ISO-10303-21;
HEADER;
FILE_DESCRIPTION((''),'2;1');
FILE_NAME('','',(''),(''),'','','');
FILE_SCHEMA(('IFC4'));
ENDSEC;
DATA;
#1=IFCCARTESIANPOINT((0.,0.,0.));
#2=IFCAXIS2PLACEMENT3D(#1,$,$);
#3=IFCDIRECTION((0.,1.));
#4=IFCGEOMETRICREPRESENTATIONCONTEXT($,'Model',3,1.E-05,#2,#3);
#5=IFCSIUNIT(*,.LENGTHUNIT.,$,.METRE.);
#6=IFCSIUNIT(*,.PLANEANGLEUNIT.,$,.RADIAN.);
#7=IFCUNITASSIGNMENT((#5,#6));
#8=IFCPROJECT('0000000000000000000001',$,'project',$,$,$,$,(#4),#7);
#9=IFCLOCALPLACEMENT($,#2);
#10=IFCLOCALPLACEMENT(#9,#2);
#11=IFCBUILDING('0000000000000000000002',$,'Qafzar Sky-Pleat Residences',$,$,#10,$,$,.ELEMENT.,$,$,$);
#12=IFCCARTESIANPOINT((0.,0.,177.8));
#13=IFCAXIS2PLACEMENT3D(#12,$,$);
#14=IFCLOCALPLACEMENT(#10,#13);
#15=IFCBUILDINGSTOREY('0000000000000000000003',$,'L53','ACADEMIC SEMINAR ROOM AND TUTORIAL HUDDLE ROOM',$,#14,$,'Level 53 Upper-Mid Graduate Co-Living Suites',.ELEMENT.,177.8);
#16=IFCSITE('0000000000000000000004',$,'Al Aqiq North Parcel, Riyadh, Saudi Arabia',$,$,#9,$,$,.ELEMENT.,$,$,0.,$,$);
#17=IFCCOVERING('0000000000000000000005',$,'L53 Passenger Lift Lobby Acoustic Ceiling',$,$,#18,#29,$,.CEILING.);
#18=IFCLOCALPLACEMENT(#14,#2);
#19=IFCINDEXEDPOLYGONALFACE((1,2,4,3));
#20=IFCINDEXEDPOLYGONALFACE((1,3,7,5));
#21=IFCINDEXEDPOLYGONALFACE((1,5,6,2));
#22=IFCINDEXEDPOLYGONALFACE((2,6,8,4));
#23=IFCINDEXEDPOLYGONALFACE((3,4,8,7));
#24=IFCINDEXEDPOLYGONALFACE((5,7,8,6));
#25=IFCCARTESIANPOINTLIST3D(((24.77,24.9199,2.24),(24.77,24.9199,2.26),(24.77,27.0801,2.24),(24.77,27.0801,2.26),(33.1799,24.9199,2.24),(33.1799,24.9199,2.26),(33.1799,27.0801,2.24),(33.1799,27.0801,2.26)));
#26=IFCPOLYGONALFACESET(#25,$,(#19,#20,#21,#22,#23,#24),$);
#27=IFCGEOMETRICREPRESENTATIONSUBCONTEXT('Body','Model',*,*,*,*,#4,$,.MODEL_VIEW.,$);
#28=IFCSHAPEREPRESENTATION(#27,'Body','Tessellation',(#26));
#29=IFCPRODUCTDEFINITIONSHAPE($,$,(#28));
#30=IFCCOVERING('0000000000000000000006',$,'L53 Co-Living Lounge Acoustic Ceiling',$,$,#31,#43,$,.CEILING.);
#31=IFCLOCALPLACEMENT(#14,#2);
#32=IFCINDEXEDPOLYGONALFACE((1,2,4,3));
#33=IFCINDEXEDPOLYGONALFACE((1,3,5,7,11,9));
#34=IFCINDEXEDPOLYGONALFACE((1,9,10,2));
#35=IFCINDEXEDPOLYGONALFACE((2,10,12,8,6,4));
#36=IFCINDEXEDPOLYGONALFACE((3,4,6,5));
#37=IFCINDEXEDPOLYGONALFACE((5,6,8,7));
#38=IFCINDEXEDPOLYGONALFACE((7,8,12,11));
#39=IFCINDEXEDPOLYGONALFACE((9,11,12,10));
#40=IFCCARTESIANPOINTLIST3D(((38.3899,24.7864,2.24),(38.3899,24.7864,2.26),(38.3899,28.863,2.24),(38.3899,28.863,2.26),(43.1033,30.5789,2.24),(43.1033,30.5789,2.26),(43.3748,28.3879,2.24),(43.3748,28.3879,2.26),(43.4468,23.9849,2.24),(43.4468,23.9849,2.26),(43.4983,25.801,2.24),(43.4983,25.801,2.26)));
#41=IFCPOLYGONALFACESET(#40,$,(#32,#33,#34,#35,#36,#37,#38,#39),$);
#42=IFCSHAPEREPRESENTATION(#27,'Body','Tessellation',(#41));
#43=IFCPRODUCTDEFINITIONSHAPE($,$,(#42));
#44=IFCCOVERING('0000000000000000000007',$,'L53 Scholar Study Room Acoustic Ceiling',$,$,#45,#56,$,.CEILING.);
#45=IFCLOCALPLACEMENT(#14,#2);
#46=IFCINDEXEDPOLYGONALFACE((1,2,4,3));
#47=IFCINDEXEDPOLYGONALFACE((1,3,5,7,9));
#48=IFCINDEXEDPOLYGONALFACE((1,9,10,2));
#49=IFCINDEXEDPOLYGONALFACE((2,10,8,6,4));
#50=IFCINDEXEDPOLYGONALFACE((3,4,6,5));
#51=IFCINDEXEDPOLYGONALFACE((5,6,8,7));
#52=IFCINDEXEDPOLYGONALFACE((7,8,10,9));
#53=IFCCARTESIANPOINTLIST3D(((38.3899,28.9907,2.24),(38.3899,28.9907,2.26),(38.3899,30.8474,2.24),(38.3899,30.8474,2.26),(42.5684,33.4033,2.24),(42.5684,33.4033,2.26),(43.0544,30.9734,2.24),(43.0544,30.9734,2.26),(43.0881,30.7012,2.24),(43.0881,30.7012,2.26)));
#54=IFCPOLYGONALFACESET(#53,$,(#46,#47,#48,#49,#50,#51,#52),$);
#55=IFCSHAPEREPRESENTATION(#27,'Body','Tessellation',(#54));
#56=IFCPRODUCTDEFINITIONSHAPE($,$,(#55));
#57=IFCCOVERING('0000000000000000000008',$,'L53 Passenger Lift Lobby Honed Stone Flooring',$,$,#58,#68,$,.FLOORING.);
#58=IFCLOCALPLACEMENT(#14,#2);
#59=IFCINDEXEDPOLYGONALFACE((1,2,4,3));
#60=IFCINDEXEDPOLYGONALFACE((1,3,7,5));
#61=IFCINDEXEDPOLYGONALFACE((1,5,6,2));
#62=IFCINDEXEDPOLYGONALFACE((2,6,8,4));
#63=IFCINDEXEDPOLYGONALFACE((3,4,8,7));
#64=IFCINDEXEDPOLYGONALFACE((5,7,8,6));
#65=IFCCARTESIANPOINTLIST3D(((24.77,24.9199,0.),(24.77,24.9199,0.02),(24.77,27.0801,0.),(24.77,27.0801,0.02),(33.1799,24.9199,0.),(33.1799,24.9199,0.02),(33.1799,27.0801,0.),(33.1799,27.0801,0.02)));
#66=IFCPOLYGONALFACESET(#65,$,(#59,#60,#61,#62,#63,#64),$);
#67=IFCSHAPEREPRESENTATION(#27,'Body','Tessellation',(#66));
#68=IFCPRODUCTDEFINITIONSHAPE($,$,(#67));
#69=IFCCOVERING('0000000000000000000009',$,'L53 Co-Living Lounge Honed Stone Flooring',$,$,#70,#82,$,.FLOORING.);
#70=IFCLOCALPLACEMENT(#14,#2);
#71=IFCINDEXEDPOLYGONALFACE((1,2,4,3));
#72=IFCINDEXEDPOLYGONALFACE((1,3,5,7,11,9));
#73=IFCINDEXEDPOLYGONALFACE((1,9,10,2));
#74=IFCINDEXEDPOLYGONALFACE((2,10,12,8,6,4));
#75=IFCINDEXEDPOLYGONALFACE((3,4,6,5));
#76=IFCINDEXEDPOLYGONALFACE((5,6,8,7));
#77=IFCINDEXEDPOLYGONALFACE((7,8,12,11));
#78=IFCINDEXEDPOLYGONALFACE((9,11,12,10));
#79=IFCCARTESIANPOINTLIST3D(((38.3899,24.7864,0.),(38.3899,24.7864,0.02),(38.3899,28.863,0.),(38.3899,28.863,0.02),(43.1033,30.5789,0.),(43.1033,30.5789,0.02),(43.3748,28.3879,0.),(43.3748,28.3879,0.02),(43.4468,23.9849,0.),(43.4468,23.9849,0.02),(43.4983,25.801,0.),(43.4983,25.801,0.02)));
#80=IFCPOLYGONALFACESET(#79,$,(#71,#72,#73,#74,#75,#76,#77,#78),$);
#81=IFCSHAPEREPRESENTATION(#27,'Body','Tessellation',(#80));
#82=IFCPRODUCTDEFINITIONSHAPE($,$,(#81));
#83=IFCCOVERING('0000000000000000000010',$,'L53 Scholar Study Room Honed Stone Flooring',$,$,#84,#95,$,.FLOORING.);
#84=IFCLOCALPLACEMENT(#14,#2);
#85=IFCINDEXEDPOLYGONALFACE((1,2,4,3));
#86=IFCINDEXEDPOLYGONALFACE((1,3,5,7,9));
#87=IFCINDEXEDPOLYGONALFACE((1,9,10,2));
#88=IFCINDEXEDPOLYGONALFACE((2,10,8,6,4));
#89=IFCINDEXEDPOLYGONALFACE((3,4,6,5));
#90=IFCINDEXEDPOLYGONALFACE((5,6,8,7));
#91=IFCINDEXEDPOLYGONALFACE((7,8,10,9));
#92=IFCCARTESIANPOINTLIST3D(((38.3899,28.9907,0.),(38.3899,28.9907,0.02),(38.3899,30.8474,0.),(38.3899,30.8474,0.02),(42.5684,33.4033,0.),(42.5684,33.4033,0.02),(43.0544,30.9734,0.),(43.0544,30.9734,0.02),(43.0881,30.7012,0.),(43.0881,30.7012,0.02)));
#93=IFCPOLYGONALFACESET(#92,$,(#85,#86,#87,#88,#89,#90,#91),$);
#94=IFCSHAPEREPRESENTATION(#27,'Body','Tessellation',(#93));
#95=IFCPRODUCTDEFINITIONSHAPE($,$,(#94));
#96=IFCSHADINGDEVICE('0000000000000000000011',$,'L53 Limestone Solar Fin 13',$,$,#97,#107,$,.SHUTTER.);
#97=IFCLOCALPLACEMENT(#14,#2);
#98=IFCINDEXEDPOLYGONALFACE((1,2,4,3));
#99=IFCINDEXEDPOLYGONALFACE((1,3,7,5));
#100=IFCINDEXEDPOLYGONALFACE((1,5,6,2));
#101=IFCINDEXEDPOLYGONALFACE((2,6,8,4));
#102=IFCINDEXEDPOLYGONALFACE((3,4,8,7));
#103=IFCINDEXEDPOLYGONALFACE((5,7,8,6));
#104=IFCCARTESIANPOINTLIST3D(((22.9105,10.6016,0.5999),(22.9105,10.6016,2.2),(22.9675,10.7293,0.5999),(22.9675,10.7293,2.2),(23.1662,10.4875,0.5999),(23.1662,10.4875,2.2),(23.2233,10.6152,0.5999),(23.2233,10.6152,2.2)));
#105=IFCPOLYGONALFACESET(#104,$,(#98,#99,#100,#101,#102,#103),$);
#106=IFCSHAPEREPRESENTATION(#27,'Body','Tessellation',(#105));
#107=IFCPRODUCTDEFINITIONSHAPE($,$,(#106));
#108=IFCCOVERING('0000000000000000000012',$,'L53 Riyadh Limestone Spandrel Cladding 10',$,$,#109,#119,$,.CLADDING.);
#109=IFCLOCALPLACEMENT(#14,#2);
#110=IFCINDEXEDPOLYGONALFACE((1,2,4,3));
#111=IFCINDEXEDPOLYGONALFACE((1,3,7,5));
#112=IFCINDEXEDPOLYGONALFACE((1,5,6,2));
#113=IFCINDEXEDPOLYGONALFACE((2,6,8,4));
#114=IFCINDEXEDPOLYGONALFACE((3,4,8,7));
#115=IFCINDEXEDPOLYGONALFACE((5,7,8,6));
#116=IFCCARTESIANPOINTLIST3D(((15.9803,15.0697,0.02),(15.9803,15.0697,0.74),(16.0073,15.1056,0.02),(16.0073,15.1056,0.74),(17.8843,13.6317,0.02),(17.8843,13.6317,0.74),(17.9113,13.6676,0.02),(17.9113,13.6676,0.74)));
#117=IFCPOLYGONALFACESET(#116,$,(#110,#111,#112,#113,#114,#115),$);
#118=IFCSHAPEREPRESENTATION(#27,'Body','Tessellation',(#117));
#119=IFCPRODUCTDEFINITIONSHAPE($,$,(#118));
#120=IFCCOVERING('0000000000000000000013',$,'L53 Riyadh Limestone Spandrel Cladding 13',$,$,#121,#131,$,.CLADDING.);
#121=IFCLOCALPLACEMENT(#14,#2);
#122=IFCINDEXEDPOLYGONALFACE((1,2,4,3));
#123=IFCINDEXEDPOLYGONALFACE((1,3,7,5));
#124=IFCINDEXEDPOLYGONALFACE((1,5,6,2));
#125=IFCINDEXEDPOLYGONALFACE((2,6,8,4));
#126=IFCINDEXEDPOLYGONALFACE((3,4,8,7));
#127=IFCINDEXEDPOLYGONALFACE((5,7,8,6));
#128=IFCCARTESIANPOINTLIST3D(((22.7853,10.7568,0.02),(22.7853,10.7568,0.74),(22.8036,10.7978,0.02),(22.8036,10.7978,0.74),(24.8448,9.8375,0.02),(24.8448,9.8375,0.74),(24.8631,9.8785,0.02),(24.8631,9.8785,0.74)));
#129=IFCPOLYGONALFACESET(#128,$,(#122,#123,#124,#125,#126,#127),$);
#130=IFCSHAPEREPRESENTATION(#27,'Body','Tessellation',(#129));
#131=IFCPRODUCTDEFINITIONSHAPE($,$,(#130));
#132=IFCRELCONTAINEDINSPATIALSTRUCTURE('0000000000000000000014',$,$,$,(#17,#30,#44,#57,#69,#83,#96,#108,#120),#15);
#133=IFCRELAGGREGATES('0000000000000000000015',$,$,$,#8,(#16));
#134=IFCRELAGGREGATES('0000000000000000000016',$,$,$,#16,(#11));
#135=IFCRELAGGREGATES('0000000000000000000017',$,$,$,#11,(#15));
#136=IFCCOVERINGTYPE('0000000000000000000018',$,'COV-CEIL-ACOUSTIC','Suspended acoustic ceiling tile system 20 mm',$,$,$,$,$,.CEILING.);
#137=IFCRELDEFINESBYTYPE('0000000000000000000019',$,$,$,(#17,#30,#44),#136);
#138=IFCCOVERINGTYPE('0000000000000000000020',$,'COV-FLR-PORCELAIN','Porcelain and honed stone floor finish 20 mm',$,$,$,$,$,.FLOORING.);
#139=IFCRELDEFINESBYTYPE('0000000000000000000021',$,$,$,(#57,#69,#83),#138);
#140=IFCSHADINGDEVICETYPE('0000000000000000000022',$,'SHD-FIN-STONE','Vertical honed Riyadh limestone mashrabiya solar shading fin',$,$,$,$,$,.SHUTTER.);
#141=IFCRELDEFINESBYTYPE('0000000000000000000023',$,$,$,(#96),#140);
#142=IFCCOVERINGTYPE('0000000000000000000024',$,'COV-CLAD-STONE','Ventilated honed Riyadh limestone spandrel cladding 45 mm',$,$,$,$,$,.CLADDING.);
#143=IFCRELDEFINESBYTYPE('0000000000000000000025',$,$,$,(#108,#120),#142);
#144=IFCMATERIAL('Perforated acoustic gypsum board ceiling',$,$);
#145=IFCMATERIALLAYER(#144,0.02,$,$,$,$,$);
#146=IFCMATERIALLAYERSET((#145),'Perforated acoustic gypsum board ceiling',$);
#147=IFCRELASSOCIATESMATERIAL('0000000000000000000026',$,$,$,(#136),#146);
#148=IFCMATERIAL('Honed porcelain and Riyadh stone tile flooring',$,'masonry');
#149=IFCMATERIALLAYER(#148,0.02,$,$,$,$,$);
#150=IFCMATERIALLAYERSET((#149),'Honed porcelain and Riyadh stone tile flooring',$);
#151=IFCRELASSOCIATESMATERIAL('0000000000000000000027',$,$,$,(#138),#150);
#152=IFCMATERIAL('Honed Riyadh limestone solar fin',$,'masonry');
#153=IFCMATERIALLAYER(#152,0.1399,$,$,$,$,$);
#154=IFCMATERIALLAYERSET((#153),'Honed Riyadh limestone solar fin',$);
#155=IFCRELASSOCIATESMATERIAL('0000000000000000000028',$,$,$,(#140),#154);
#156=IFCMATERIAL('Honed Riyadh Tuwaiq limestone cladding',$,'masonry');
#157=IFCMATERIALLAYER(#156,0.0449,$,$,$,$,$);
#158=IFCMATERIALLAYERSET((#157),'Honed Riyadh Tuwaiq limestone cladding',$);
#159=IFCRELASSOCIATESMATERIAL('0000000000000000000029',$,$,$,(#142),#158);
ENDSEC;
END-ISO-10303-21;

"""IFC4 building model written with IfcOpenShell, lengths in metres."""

from ifc_helpers import new_model, si_unit, direction, frame, origin, origin_2d, place, context, subcontext, project, spatial, polyline, rectangle, outline, extrude, source, transform, mapped, material, layer, layer_set, type_object, element, save


model = new_model("IFC4")

# Units and contexts
model_context = context("Model", 3, precision=1e-05, world=origin(), true_north=direction((0.0, 1.0)))
body_context = subcontext(model_context, "Body", "Model", "MODEL_VIEW")
ifc_project = project(units=[si_unit("LENGTHUNIT", "METRE"), si_unit("PLANEANGLEUNIT", "RADIAN")], contexts=[model_context])

# Site, building, storey
site_placement = place(None, origin())
site = spatial("IfcSite", under=ifc_project, at=site_placement, Name="Al Aqiq North Parcel, Riyadh, Saudi Arabia", CompositionType="ELEMENT", RefElevation=0.0)
building_placement = place(site_placement, origin())
building = spatial("IfcBuilding", under=site, at=building_placement, Name="Qafzar Sky-Pleat Residences", CompositionType="ELEMENT")
storey_placement = place(building_placement, frame((0.0, 0.0, 177.8)))
storey = spatial("IfcBuildingStorey", under=building, at=storey_placement, Name="L53", Description="ACADEMIC SEMINAR ROOM AND TUTORIAL HUDDLE ROOM", LongName="Level 53 Upper-Mid Graduate Co-Living Suites", CompositionType="ELEMENT", Elevation=177.8)

# Coverings
ifc_material_1 = material(Name="Perforated acoustic gypsum board ceiling")
ifc_layer_1 = layer(ifc_material_1, 0.02)
ifc_layer_set_1 = layer_set([ifc_layer_1], Name="Perforated acoustic gypsum board ceiling")
covering_type_1 = type_object("IfcCoveringType", Name="COV-CEIL-ACOUSTIC", Description="Suspended acoustic ceiling tile system 20 mm", PredefinedType="CEILING", material=ifc_layer_set_1)
covering_1_placement = place(storey_placement, frame((0.0, 0.0, 2.24)))
element("IfcCovering", 1, at=covering_1_placement, inside=storey, type_object=covering_type_1, Name="L53 Passenger Lift Lobby Acoustic Ceiling", PredefinedType="CEILING", context=body_context, shape_type="SweptSolid", body=[
    extrude(outline(polyline([(33.1799, 24.9199), (24.77, 24.9199), (24.77, 27.0801), (33.1799, 27.0801), (33.1799, 24.9199)])), origin(), (0.0, 0.0, 1.0), 0.02),
])
covering_2_placement = place(storey_placement, frame((0.0, 0.0, 2.24)))
element("IfcCovering", 2, at=covering_2_placement, inside=storey, type_object=covering_type_1, Name="L53 Co-Living Lounge Acoustic Ceiling", PredefinedType="CEILING", context=body_context, shape_type="SweptSolid", body=[
    extrude(outline(polyline([(43.3748, 28.3879), (43.4983, 25.801), (43.4468, 23.9849), (38.3899, 24.7864), (38.3899, 28.863), (43.1033, 30.5789), (43.3748, 28.3879)])), origin(), (0.0, 0.0, 1.0), 0.02),
])
covering_3_placement = place(storey_placement, frame((0.0, 0.0, 2.24)))
element("IfcCovering", 3, at=covering_3_placement, inside=storey, type_object=covering_type_1, Name="L53 Scholar Study Room Acoustic Ceiling", PredefinedType="CEILING", context=body_context, shape_type="SweptSolid", body=[
    extrude(outline(polyline([(43.0544, 30.9734), (43.0881, 30.7012), (38.3899, 28.9907), (38.3899, 30.8474), (42.5684, 33.4033), (43.0544, 30.9734)])), origin(), (0.0, 0.0, 1.0), 0.02),
])
ifc_material_2 = material(Name="Honed porcelain and Riyadh stone tile flooring", Category="masonry")
ifc_layer_2 = layer(ifc_material_2, 0.02)
ifc_layer_set_2 = layer_set([ifc_layer_2], Name="Honed porcelain and Riyadh stone tile flooring")
covering_type_2 = type_object("IfcCoveringType", Name="COV-FLR-PORCELAIN", Description="Porcelain and honed stone floor finish 20 mm", PredefinedType="FLOORING", material=ifc_layer_set_2)
covering_4_placement = place(storey_placement, origin())
element("IfcCovering", 4, at=covering_4_placement, inside=storey, type_object=covering_type_2, Name="L53 Passenger Lift Lobby Honed Stone Flooring", PredefinedType="FLOORING", context=body_context, shape_type="SweptSolid", body=[
    extrude(outline(polyline([(33.1799, 24.9199), (24.77, 24.9199), (24.77, 27.0801), (33.1799, 27.0801), (33.1799, 24.9199)])), origin(), (0.0, 0.0, 1.0), 0.02),
])
covering_5_placement = place(storey_placement, origin())
element("IfcCovering", 5, at=covering_5_placement, inside=storey, type_object=covering_type_2, Name="L53 Co-Living Lounge Honed Stone Flooring", PredefinedType="FLOORING", context=body_context, shape_type="SweptSolid", body=[
    extrude(outline(polyline([(43.3748, 28.3879), (43.4983, 25.801), (43.4468, 23.9849), (38.3899, 24.7864), (38.3899, 28.863), (43.1033, 30.5789), (43.3748, 28.3879)])), origin(), (0.0, 0.0, 1.0), 0.02),
])
covering_6_placement = place(storey_placement, origin())
element("IfcCovering", 6, at=covering_6_placement, inside=storey, type_object=covering_type_2, Name="L53 Scholar Study Room Honed Stone Flooring", PredefinedType="FLOORING", context=body_context, shape_type="SweptSolid", body=[
    extrude(outline(polyline([(43.0544, 30.9734), (43.0881, 30.7012), (38.3899, 28.9907), (38.3899, 30.8474), (42.5684, 33.4033), (43.0544, 30.9734)])), origin(), (0.0, 0.0, 1.0), 0.02),
])

# Shading device
ifc_material_3 = material(Name="Honed Riyadh limestone solar fin", Category="masonry")
ifc_layer_3 = layer(ifc_material_3, 0.1399)
ifc_layer_set_3 = layer_set([ifc_layer_3], Name="Honed Riyadh limestone solar fin")
shading_device_type = type_object("IfcShadingDeviceType", Name="SHD-FIN-STONE", Description="Vertical honed Riyadh limestone mashrabiya solar shading fin", PredefinedType="SHUTTER", material=ifc_layer_set_3)
shared_shape_1 = source(origin(), body_context, "Body", "SweptSolid", [
    extrude(rectangle(XDim=0.1399, YDim=0.28, at=origin_2d()), origin(), (0.0, 0.0, 1.0), 1.6001),
])
shading_device_placement = place(storey_placement, frame((23.0669, 10.6084, 0.5999), z_axis=(0.0, 0.0, 1.0), x_axis=(-0.407572, -0.913173, 0.0)))
element("IfcShadingDevice", 7, at=shading_device_placement, inside=storey, type_object=shading_device_type, Name="L53 Limestone Solar Fin 13", PredefinedType="SHUTTER", context=body_context, shape_type="MappedRepresentation", body=[
    mapped(shared_shape_1, transform((0.0, 0.0, 0.0), x_axis=(1.0, 0.0, 0.0), y_axis=(0.0, 1.0, 0.0), z_axis=(0.0, 0.0, 1.0), scale=1.0)),
])

# Coverings
ifc_material_4 = material(Name="Honed Riyadh Tuwaiq limestone cladding", Category="masonry")
ifc_layer_4 = layer(ifc_material_4, 0.0449)
ifc_layer_set_4 = layer_set([ifc_layer_4], Name="Honed Riyadh Tuwaiq limestone cladding")
covering_type_3 = type_object("IfcCoveringType", Name="COV-CLAD-STONE", Description="Ventilated honed Riyadh limestone spandrel cladding 45 mm", PredefinedType="CLADDING", material=ifc_layer_set_4)
shared_shape_2 = source(origin(), body_context, "Body", "SweptSolid", [
    extrude(rectangle(XDim=2.386, YDim=0.0449, at=origin_2d()), origin(), (0.0, 0.0, 1.0), 0.72),
])
covering_7_placement = place(storey_placement, frame((16.9458, 14.3687, 0.02), z_axis=(0.0, 0.0, 1.0), x_axis=(0.79799, -0.60267, 0.0)))
element("IfcCovering", 8, at=covering_7_placement, inside=storey, type_object=covering_type_3, Name="L53 Riyadh Limestone Spandrel Cladding 10", PredefinedType="CLADDING", context=body_context, shape_type="MappedRepresentation", body=[
    mapped(shared_shape_2, transform((0.0, 0.0, 0.0), x_axis=(1.0, 0.0, 0.0), y_axis=(0.0, 1.0, 0.0), z_axis=(0.0, 0.0, 1.0), scale=1.0)),
])
shared_shape_3 = source(origin(), body_context, "Body", "SweptSolid", [
    extrude(rectangle(XDim=2.2554, YDim=0.0449, at=origin_2d()), origin(), (0.0, 0.0, 1.0), 0.72),
])
covering_8_placement = place(storey_placement, frame((23.8242, 10.3176, 0.02), z_axis=(0.0, 0.0, 1.0), x_axis=(0.913162, -0.407597, 0.0)))
element("IfcCovering", 9, at=covering_8_placement, inside=storey, type_object=covering_type_3, Name="L53 Riyadh Limestone Spandrel Cladding 13", PredefinedType="CLADDING", context=body_context, shape_type="MappedRepresentation", body=[
    mapped(shared_shape_3, transform((0.0, 0.0, 0.0), x_axis=(1.0, 0.0, 0.0), y_axis=(0.0, 1.0, 0.0), z_axis=(0.0, 0.0, 1.0), scale=1.0)),
])

save(model, "model.ifc")
